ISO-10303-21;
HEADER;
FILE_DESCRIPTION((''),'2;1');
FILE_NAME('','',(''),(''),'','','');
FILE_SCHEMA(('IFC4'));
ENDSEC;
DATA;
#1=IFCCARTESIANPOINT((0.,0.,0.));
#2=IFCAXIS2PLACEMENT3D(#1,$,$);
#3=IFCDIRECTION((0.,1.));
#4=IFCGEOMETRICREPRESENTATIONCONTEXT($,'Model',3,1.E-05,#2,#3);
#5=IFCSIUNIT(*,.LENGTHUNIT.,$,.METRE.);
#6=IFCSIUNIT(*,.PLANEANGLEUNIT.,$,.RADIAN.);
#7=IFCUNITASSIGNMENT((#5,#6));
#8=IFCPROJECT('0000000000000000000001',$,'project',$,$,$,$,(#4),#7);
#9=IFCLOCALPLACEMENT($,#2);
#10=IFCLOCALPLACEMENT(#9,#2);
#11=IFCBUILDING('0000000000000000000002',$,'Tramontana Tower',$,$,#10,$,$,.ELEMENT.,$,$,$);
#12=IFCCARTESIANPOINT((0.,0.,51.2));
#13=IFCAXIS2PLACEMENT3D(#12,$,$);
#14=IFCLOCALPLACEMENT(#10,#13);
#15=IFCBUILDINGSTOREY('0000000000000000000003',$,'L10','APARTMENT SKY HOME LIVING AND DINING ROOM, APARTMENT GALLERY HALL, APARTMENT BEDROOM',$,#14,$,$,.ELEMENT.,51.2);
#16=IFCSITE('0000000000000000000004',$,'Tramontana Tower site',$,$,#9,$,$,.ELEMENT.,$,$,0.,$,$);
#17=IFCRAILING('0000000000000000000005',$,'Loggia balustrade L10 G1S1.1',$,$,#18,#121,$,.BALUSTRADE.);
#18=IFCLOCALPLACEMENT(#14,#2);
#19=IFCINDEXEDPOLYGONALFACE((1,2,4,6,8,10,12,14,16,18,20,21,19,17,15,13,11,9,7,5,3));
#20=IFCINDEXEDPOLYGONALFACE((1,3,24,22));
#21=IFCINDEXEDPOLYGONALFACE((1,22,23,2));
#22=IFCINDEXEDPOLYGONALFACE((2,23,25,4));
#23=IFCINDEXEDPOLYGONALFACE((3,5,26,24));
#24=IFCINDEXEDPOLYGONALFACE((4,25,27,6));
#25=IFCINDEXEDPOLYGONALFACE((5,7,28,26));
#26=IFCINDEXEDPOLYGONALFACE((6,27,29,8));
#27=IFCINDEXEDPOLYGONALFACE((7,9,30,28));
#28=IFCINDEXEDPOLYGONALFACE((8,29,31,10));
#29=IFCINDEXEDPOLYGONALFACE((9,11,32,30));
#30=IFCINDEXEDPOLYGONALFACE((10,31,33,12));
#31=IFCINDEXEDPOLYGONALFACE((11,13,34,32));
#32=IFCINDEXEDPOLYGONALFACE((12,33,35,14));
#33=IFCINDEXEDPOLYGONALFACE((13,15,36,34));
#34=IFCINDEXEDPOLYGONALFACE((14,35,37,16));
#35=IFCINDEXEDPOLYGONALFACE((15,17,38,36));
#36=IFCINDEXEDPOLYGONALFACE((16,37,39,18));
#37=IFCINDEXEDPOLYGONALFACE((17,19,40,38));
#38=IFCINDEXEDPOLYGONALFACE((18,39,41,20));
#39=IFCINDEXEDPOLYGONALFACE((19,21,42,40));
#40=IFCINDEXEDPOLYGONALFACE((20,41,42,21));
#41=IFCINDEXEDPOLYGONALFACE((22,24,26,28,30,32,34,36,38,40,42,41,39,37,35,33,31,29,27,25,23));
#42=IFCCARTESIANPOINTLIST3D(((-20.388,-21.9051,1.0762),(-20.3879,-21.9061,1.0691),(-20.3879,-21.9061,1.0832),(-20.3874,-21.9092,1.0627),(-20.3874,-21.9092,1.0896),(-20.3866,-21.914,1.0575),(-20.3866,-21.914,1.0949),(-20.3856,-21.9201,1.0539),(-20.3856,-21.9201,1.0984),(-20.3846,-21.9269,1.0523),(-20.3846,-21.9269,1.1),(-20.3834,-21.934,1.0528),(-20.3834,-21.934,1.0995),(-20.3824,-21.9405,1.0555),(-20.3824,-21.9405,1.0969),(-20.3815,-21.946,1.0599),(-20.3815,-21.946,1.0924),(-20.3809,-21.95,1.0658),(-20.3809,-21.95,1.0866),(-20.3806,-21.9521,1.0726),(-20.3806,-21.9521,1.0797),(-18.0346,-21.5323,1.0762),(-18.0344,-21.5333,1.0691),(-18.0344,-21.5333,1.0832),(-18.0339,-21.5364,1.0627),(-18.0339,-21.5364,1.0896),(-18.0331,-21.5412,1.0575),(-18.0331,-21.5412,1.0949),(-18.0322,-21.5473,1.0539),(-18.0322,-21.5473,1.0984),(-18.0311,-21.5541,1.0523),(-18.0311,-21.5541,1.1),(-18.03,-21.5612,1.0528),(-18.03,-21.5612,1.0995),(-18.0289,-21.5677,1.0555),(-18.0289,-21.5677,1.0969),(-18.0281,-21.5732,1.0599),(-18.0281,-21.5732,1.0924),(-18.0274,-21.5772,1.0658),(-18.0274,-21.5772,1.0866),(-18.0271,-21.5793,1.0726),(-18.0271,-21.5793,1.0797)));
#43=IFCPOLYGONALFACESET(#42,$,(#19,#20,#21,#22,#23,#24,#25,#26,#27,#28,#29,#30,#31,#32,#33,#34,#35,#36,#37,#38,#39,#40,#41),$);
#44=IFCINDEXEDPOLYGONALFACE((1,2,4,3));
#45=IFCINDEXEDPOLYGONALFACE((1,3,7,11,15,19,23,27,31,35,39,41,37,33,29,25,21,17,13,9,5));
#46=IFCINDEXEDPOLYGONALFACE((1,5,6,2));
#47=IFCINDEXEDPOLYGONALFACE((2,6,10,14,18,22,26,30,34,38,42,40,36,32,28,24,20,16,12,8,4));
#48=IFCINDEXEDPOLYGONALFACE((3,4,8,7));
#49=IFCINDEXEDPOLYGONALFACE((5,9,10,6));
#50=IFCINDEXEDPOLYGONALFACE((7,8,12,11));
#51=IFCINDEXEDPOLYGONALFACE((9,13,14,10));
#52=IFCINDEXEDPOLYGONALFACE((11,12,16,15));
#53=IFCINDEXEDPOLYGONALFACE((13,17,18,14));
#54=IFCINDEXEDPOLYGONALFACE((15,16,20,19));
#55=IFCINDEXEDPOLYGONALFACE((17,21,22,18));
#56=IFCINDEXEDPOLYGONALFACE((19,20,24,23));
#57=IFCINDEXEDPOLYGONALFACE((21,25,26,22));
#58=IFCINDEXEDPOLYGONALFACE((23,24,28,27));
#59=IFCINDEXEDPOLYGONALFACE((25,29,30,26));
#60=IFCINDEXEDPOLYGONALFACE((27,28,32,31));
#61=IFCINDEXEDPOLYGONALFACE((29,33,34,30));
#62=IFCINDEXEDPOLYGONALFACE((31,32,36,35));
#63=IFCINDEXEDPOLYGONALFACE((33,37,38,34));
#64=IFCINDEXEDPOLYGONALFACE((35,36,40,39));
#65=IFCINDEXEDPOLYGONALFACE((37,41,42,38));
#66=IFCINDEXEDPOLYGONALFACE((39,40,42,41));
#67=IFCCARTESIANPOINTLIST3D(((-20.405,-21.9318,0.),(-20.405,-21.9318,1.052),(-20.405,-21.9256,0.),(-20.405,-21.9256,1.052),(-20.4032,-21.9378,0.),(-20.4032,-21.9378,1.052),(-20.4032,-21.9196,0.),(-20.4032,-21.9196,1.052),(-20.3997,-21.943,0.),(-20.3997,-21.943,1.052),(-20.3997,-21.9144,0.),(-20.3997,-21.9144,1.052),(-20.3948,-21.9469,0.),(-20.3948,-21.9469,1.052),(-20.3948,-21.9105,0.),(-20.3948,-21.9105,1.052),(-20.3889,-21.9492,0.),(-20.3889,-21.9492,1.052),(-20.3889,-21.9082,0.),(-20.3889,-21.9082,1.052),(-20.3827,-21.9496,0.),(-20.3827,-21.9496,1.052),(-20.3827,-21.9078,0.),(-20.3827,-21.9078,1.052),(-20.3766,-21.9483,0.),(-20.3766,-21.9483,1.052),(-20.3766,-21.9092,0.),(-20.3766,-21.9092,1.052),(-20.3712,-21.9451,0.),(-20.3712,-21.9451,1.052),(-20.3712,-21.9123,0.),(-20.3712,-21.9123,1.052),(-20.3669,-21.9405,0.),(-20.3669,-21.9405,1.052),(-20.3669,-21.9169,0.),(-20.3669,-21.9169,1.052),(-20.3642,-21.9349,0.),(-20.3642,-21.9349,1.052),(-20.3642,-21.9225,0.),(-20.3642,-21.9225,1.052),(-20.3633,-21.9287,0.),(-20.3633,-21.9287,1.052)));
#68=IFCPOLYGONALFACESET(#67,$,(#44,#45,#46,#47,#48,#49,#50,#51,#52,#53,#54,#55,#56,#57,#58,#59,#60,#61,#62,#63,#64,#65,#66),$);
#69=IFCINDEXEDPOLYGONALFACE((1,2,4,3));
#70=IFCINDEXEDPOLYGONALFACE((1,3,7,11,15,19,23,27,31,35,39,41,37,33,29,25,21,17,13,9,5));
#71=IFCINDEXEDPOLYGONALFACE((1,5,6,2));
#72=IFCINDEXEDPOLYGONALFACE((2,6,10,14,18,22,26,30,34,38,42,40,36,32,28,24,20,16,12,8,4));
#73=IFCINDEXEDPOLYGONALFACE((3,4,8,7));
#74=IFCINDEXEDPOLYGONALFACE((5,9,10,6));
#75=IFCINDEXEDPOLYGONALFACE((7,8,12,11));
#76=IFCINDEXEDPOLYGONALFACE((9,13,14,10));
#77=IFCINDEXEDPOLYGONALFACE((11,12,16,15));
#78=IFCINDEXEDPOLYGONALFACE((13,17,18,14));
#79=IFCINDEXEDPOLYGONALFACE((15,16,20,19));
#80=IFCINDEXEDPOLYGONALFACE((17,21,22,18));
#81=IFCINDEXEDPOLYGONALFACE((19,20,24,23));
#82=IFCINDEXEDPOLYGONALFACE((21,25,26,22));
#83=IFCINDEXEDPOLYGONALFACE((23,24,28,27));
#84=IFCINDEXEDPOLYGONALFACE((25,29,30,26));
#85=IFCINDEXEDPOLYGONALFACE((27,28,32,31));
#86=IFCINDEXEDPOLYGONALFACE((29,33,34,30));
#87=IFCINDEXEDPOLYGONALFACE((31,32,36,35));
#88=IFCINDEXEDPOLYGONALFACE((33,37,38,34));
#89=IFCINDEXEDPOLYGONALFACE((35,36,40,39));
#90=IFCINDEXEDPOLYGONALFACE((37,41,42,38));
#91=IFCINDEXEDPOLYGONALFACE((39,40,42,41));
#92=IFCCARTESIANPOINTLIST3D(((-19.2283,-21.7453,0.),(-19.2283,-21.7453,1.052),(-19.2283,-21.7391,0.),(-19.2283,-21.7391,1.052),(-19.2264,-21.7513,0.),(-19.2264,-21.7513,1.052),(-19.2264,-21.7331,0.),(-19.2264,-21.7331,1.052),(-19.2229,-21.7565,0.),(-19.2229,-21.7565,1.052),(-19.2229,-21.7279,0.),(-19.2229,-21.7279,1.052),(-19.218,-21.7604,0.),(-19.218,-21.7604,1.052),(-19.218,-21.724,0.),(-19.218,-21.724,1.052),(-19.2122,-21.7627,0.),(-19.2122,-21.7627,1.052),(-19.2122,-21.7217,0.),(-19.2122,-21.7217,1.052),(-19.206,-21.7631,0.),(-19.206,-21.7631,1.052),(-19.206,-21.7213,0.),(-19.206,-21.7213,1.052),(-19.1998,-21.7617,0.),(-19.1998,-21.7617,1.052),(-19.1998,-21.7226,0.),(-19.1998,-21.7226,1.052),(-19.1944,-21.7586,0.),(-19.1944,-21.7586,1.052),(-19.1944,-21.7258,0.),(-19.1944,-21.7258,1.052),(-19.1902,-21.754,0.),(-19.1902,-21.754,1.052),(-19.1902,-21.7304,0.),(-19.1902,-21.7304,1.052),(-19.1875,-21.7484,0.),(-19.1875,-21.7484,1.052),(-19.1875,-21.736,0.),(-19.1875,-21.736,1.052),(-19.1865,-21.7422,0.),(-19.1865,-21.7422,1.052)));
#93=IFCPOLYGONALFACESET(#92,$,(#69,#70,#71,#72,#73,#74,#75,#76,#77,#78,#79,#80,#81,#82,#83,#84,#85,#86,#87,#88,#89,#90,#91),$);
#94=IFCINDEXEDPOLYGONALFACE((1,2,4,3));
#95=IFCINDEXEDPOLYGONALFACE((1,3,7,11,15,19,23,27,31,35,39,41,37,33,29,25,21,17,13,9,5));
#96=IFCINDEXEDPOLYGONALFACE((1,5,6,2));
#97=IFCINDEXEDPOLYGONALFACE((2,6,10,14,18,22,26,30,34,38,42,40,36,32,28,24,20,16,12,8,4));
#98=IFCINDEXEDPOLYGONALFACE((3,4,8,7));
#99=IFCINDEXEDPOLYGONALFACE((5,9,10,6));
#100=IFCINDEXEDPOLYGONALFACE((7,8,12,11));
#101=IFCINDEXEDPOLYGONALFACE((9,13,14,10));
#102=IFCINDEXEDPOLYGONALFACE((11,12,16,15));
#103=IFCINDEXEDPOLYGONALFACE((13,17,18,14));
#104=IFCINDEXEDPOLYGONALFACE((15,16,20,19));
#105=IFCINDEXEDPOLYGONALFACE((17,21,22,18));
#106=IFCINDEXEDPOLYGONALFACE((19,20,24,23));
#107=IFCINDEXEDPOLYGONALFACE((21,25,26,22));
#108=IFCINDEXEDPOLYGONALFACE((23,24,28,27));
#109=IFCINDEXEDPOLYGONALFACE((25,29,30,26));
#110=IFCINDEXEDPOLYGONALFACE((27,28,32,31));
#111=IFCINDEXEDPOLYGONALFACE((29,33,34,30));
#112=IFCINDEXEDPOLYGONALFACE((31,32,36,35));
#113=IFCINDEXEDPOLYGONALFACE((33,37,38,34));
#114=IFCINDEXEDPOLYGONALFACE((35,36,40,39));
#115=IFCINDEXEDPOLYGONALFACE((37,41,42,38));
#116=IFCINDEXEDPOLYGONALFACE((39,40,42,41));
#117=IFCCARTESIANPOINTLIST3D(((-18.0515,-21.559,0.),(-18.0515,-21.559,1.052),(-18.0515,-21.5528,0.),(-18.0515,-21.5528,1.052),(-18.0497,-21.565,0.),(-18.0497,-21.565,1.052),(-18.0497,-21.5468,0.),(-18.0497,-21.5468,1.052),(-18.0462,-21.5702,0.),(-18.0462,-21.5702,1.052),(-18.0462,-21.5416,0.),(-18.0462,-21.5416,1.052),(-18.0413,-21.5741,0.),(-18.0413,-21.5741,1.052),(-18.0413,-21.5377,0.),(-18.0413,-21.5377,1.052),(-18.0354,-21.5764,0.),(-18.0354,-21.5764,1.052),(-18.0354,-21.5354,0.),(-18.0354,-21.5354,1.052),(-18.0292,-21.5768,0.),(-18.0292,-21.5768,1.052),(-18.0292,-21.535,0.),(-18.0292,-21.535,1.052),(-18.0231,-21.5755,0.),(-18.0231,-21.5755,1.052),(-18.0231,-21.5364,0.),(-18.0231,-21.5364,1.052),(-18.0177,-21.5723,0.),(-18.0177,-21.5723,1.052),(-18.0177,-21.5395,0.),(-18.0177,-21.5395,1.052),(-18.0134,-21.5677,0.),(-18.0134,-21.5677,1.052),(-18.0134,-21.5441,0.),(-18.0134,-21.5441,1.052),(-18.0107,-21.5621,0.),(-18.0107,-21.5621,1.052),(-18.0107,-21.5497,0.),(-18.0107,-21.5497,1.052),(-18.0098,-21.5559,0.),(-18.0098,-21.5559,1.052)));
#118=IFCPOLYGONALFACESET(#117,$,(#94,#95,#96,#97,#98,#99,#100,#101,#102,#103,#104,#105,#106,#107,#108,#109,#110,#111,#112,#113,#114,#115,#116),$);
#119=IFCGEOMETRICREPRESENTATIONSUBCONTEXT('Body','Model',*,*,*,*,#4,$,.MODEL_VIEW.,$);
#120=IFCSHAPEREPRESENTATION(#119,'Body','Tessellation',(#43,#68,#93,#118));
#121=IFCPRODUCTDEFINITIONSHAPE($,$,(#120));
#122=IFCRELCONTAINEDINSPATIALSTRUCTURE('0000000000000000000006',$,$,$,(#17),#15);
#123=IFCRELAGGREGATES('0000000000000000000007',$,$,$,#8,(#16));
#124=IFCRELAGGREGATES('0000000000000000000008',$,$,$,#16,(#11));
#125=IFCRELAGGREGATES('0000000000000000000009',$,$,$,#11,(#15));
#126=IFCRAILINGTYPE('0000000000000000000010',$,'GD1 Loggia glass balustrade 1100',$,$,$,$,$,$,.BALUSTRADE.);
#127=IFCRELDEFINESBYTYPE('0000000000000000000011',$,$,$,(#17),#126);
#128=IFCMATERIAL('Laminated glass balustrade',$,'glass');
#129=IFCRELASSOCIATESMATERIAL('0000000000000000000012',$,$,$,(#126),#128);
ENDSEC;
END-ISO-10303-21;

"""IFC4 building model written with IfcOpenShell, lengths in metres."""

from ifc_helpers import new_model, si_unit, direction, frame, origin, origin_2d, place, context, subcontext, project, spatial, circle, extrude, material, type_object, element, save


model = new_model("IFC4")

# Units and contexts
model_context = context("Model", 3, precision=1e-05, world=origin(), true_north=direction((0.0, 1.0)))
body_context = subcontext(model_context, "Body", "Model", "MODEL_VIEW")
ifc_project = project(units=[si_unit("LENGTHUNIT", "METRE"), si_unit("PLANEANGLEUNIT", "RADIAN")], contexts=[model_context])

# Site, building, storey
site_placement = place(None, origin())
site = spatial("IfcSite", under=ifc_project, at=site_placement, Name="Tramontana Tower site", CompositionType="ELEMENT", RefElevation=0.0)
building_placement = place(site_placement, origin())
building = spatial("IfcBuilding", under=site, at=building_placement, Name="Tramontana Tower", CompositionType="ELEMENT")
storey_placement = place(building_placement, frame((0.0, 0.0, 51.2)))
storey = spatial("IfcBuildingStorey", under=building, at=storey_placement, Name="L10", Description="APARTMENT SKY HOME LIVING AND DINING ROOM, APARTMENT GALLERY HALL, APARTMENT BEDROOM", CompositionType="ELEMENT", Elevation=51.2)

# Railing
ifc_material_1 = material(Name="Laminated glass balustrade", Category="glass")
railing_type = type_object("IfcRailingType", Name="GD1 Loggia glass balustrade 1100", PredefinedType="BALUSTRADE", material=ifc_material_1)
railing_1_placement = place(storey_placement, frame((-20.3843, -21.9287, 0.0)))
element("IfcRailing", 1, at=railing_1_placement, inside=storey, type_object=railing_type, Name="Loggia balustrade L10 G1S1.1", PredefinedType="BALUSTRADE", context=body_context, shape_type="SweptSolid", body=[
    extrude(circle(Radius=0.0239, at=origin_2d()), frame((0.0, 0.0, 1.0762), z_axis=(0.987686, 0.156452, 0.0), x_axis=(-0.156452, 0.987686, 0.0)), (0.0, 0.0, 1.0), 2.3828),
    extrude(circle(Radius=0.021, at=origin_2d()), origin(), (0.0, 0.0, 1.0), 1.052),
    extrude(circle(Radius=0.021, at=origin_2d()), frame((1.1768, 0.1865, 0.0)), (0.0, 0.0, 1.0), 1.052),
    extrude(circle(Radius=0.021, at=origin_2d()), frame((2.3535, 0.3728, 0.0)), (0.0, 0.0, 1.0), 1.052),
])

save(model, "model.ifc")
